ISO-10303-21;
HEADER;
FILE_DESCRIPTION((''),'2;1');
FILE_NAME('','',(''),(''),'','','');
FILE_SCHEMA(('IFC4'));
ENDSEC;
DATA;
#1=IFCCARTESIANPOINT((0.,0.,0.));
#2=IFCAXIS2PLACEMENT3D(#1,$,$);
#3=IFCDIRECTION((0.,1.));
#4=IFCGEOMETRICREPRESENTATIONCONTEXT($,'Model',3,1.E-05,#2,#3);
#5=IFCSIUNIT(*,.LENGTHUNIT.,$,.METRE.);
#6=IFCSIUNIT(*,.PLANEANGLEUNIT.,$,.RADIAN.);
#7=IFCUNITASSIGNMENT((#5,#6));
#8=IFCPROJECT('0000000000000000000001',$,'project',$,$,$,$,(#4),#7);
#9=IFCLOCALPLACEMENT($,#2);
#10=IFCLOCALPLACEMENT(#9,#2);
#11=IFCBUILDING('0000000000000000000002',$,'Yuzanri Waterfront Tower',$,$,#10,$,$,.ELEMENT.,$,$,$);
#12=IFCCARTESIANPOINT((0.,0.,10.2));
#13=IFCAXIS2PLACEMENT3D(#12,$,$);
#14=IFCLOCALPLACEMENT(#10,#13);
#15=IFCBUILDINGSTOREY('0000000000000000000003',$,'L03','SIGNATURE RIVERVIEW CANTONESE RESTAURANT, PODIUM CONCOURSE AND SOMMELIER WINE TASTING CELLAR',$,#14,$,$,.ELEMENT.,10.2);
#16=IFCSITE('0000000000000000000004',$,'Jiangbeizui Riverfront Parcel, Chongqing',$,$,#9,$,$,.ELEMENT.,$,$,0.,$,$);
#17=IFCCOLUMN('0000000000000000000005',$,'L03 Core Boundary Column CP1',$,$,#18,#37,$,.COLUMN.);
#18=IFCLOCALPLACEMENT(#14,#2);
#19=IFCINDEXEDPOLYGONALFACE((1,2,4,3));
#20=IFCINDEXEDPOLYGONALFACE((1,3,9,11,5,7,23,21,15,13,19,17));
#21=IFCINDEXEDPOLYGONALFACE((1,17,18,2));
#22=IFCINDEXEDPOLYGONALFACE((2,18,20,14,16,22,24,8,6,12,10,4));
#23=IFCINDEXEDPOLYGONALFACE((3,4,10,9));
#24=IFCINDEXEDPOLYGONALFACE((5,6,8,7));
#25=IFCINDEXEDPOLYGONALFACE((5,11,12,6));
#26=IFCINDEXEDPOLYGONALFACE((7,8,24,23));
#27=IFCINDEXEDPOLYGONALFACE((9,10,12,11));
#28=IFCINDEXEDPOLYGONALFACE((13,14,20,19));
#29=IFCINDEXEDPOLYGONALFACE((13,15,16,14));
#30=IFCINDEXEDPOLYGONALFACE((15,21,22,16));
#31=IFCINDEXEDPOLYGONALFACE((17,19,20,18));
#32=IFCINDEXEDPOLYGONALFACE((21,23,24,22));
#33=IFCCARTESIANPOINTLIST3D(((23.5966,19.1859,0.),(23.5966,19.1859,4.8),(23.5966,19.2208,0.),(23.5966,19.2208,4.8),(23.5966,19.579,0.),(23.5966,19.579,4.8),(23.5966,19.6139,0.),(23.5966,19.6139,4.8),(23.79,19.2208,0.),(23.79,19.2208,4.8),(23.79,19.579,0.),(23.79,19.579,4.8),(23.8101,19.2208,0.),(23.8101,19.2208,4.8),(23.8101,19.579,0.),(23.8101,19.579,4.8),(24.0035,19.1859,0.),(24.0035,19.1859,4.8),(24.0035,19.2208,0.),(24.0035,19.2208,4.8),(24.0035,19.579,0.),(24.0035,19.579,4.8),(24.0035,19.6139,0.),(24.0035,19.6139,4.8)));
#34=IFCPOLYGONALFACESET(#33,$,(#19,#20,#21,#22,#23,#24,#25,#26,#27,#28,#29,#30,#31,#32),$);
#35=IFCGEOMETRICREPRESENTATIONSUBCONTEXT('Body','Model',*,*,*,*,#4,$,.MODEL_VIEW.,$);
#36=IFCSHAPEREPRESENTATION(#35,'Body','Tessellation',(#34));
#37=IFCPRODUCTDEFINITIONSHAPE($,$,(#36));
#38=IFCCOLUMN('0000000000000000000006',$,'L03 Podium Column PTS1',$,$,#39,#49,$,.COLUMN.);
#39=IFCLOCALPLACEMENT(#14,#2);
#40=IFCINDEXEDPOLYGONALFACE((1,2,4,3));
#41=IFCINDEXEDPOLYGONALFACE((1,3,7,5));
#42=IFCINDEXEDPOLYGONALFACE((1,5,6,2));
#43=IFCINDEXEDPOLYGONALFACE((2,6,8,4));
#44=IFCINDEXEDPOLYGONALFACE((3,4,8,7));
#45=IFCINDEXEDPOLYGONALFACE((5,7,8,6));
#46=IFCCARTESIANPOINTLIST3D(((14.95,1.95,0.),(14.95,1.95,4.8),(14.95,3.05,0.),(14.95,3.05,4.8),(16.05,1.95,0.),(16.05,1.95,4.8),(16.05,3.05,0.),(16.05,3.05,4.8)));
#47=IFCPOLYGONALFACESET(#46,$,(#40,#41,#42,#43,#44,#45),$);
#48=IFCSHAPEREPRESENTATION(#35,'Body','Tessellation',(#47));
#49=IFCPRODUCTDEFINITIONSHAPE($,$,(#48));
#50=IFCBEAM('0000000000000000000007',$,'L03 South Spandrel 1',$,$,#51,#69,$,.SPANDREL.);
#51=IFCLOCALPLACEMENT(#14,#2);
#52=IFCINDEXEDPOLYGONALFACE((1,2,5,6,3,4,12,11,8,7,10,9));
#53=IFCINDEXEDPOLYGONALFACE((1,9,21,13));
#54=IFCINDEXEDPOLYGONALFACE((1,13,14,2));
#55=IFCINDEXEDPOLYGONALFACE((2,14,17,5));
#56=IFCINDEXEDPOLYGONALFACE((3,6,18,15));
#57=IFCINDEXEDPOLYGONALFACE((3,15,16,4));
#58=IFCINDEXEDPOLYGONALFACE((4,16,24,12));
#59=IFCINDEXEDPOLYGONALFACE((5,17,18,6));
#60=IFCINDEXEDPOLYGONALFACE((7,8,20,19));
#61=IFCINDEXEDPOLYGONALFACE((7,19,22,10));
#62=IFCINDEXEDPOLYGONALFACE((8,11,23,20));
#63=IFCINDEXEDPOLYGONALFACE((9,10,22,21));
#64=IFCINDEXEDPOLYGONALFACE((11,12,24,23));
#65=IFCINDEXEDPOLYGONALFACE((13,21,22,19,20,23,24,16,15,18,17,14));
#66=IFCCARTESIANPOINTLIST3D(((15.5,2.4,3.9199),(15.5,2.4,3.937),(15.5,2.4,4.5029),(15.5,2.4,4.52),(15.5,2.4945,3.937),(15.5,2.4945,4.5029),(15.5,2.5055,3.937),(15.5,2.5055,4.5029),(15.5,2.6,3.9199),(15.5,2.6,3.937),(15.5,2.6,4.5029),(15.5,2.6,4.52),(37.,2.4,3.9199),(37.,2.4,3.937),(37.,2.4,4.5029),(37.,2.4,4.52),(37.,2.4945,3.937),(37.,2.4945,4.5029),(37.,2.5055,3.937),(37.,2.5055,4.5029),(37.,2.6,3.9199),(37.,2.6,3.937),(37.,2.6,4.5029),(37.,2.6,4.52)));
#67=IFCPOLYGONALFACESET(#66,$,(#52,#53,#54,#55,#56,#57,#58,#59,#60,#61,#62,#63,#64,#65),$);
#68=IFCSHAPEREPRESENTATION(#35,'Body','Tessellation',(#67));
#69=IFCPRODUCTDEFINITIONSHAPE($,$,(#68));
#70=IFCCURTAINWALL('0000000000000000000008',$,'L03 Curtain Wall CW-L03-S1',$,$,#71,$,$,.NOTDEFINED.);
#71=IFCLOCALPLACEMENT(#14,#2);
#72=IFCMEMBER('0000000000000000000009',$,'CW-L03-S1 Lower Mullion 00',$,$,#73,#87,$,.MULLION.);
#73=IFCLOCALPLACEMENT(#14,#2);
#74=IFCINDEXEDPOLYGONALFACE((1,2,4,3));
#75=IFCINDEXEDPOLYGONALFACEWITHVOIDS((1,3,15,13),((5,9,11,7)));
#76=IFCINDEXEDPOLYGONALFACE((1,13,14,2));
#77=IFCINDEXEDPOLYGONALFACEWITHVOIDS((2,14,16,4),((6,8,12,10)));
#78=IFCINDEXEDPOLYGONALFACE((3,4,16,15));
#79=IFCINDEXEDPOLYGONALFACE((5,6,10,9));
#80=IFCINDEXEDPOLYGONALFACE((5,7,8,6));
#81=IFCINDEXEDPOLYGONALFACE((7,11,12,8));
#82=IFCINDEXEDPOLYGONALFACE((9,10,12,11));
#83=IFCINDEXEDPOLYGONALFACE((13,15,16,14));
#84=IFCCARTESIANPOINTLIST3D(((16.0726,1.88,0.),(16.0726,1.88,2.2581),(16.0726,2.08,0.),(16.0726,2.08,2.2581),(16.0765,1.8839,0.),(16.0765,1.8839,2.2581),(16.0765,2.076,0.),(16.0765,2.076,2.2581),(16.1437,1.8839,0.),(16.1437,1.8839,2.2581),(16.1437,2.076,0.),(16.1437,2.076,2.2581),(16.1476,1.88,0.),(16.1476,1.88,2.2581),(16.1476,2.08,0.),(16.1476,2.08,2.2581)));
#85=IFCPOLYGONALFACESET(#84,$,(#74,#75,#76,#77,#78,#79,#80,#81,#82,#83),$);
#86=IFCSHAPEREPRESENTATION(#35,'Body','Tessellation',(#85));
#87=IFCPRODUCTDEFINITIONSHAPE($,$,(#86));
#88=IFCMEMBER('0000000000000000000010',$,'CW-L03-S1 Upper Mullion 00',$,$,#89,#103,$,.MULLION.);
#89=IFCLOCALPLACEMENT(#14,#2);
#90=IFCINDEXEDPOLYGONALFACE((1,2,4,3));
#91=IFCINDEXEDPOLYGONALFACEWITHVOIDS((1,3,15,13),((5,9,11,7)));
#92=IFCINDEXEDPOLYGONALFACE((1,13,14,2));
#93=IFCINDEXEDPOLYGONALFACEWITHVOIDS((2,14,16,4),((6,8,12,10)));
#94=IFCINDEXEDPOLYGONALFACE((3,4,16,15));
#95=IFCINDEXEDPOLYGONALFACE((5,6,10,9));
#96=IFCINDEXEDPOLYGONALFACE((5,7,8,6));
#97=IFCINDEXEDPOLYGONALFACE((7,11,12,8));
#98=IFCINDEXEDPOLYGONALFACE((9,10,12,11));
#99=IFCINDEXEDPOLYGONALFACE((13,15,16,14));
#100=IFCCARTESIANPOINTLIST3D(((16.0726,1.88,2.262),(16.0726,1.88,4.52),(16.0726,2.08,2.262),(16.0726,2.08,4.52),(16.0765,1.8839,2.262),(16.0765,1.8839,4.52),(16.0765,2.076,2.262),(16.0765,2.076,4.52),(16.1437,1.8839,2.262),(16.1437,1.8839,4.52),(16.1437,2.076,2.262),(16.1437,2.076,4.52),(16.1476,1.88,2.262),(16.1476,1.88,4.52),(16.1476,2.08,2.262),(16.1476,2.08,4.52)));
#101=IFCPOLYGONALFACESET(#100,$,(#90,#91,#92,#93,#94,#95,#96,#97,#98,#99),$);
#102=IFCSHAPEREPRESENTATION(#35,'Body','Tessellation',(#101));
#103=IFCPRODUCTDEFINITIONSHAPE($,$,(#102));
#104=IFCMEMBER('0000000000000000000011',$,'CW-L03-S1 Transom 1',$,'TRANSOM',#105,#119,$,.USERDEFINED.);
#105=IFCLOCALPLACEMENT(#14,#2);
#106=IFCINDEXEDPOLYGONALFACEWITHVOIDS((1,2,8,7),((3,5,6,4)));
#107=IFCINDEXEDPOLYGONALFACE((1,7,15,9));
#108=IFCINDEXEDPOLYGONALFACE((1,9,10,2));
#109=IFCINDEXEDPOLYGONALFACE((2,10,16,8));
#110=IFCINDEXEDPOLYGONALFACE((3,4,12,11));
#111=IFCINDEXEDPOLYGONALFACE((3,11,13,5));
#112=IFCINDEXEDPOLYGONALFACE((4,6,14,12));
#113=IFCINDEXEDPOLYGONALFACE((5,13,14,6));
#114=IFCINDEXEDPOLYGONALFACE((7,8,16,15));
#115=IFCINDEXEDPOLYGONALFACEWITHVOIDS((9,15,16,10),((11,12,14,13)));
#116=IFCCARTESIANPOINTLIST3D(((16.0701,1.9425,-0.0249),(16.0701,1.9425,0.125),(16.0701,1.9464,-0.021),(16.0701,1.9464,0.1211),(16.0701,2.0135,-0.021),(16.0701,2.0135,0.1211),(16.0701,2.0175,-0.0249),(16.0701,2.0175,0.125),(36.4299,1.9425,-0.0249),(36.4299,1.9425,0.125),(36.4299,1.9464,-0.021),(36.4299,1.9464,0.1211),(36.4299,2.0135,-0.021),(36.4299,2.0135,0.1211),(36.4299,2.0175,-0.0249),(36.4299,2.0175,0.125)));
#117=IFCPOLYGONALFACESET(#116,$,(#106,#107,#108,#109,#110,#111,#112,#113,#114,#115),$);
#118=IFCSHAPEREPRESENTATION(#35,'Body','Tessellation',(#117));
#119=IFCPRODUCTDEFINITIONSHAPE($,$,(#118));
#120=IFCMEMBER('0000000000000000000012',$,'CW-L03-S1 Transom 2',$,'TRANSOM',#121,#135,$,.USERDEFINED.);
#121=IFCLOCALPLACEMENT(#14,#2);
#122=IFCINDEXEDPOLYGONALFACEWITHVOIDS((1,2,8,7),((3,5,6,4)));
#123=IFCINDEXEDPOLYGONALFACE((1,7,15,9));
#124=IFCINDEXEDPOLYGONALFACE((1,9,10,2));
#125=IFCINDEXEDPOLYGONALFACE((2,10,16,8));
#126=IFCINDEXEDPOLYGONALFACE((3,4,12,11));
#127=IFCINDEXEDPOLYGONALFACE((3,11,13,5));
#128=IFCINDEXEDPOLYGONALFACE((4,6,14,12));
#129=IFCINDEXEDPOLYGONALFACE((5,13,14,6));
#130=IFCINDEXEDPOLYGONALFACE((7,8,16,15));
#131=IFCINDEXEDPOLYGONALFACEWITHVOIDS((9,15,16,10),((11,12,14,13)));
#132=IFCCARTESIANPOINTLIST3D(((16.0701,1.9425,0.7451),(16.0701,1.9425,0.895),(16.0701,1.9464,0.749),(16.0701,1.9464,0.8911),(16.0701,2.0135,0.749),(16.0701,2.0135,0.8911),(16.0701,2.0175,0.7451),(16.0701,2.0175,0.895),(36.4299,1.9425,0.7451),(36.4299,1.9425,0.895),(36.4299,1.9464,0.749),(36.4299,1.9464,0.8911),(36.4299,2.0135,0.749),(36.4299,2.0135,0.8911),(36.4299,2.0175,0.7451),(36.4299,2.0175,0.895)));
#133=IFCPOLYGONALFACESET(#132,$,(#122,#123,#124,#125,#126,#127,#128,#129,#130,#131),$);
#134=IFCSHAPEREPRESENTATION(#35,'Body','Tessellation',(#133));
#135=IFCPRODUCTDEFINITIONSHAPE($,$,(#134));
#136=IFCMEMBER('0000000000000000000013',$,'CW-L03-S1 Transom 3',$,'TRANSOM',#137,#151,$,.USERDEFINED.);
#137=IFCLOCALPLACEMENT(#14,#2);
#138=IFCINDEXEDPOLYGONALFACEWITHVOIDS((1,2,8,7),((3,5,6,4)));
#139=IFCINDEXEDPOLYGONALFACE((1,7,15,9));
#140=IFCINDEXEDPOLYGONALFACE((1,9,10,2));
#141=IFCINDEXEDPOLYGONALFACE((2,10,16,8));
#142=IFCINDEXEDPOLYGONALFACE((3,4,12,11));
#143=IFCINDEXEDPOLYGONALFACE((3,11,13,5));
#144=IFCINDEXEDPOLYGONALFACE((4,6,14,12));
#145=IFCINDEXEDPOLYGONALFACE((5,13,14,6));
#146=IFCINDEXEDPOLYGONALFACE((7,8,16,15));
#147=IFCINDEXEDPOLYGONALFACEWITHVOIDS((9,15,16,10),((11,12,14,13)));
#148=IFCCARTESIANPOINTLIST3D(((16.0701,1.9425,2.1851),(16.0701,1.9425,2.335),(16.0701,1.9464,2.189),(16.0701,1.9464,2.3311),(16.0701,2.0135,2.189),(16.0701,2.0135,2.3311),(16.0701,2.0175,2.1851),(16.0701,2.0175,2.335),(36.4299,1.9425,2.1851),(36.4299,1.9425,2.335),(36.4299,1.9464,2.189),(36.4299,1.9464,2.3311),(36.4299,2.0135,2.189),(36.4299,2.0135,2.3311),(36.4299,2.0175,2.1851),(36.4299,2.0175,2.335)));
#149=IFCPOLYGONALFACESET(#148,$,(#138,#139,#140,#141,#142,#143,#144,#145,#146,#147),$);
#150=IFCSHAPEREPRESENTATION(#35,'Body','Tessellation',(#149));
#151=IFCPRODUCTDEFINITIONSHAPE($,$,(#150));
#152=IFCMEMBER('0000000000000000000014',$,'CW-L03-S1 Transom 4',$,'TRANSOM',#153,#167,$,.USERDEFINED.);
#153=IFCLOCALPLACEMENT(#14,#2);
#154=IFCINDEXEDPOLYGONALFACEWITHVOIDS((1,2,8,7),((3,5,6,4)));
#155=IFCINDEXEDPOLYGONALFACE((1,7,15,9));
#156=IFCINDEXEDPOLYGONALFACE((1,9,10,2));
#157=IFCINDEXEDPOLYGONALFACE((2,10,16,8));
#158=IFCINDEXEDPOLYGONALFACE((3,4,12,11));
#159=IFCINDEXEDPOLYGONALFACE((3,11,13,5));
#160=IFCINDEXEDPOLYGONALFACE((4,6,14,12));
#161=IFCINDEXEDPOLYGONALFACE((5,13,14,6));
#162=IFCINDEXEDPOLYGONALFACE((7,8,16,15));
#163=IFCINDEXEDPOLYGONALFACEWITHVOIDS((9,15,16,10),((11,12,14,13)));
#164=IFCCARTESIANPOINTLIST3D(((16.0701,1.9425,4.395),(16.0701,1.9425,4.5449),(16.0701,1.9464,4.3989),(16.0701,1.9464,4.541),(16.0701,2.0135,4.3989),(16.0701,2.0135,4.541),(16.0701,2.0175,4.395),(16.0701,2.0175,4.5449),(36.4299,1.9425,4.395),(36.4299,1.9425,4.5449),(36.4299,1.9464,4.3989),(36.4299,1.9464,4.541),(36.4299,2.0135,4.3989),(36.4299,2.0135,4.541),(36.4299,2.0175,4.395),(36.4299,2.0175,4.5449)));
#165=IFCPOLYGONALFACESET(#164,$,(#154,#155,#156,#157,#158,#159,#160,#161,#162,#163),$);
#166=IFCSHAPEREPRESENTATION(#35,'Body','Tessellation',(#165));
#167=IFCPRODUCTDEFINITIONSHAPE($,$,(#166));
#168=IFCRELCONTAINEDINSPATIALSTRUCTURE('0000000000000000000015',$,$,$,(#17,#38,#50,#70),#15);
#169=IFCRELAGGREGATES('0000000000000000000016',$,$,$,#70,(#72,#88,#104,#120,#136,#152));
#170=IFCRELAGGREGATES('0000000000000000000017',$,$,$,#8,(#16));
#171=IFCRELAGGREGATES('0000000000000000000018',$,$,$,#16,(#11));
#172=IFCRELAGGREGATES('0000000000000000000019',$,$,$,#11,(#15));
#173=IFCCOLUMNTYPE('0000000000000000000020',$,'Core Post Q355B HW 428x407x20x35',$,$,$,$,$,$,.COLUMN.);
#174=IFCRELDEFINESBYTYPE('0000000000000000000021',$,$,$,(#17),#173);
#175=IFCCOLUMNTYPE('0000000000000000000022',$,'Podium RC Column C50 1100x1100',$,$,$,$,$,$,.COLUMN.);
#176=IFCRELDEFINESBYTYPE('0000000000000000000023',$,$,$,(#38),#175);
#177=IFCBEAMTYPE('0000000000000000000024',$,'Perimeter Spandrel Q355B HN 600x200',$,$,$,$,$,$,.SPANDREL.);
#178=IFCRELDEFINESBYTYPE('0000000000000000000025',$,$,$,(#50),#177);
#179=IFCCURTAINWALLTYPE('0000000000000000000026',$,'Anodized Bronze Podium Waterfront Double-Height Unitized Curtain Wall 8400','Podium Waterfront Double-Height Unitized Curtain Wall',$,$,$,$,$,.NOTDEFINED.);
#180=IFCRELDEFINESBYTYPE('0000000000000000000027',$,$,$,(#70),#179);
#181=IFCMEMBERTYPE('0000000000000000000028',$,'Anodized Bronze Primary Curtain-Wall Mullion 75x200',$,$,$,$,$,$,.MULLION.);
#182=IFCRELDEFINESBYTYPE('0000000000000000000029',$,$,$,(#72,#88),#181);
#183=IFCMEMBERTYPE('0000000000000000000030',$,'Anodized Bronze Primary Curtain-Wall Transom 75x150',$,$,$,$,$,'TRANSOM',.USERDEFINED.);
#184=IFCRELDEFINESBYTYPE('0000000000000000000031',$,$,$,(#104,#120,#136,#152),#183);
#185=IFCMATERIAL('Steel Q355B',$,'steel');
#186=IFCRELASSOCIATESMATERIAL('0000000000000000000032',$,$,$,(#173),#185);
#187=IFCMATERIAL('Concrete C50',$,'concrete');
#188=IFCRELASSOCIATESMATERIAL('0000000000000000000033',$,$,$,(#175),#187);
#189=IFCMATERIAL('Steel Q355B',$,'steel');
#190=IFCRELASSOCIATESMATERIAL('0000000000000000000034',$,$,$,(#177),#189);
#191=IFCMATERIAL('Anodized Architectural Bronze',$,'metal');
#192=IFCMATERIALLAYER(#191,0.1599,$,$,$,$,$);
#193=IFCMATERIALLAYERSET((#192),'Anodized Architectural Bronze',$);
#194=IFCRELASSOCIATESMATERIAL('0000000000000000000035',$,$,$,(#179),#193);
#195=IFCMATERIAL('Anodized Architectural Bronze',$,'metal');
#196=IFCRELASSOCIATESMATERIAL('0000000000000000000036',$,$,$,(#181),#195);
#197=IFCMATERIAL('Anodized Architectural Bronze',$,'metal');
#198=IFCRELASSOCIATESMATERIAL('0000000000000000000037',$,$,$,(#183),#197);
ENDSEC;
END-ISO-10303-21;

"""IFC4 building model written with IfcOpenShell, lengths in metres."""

from ifc_helpers import new_model, si_unit, direction, frame, origin, origin_2d, place, context, subcontext, project, spatial, rectangle, hollow_rectangle, i_section, extrude, source, transform, mapped, material, layer, layer_set, material_profile, profile_set, type_object, element, aggregate, save


model = new_model("IFC4")

# Units and contexts
model_context = context("Model", 3, precision=1e-05, world=origin(), true_north=direction((0.0, 1.0)))
body_context = subcontext(model_context, "Body", "Model", "MODEL_VIEW")
ifc_project = project(units=[si_unit("LENGTHUNIT", "METRE"), si_unit("PLANEANGLEUNIT", "RADIAN")], contexts=[model_context])

# Site, building, storey
site_placement = place(None, origin())
site = spatial("IfcSite", under=ifc_project, at=site_placement, Name="Jiangbeizui Riverfront Parcel, Chongqing", CompositionType="ELEMENT", RefElevation=0.0)
building_placement = place(site_placement, origin())
building = spatial("IfcBuilding", under=site, at=building_placement, Name="Yuzanri Waterfront Tower", CompositionType="ELEMENT")
storey_placement = place(building_placement, frame((0.0, 0.0, 10.2)))
storey = spatial("IfcBuildingStorey", under=building, at=storey_placement, Name="L03", Description="SIGNATURE RIVERVIEW CANTONESE RESTAURANT, PODIUM CONCOURSE AND SOMMELIER WINE TASTING CELLAR", CompositionType="ELEMENT", Elevation=10.2)

# Columns
ifc_material_1 = material(Name="Steel Q355B", Category="steel")
ifc_material_profile_1 = material_profile(ifc_material_1, i_section(OverallWidth=0.407, OverallDepth=0.428, WebThickness=0.02, FlangeThickness=0.0349, at=origin_2d()), Name="HW 428x407x20x35")
ifc_profile_set_1 = profile_set([ifc_material_profile_1], Name="Steel Q355B")
column_type_1 = type_object("IfcColumnType", Name="Core Post Q355B HW 428x407x20x35", PredefinedType="COLUMN", material=ifc_profile_set_1)
shared_shape_1 = source(origin(), body_context, "Body", "SweptSolid", [
    extrude(i_section(OverallWidth=0.407, OverallDepth=0.428, WebThickness=0.02, FlangeThickness=0.0349, at=origin_2d()), origin(), (0.0, 0.0, 1.0), 4.8),
])
column_1_placement = place(storey_placement, frame((23.8, 19.3999, 0.0), z_axis=(0.0, 0.0, 1.0), x_axis=(1.0, 0.0, 0.0)))
element("IfcColumn", 1, at=column_1_placement, inside=storey, type_object=column_type_1, Name="L03 Core Boundary Column CP1", PredefinedType="COLUMN", context=body_context, shape_type="MappedRepresentation", body=[
    mapped(shared_shape_1, transform((0.0, 0.0, 0.0), scale=1.0)),
])
ifc_material_2 = material(Name="Concrete C50", Category="concrete")
ifc_material_profile_2 = material_profile(ifc_material_2, rectangle(XDim=1.1001, YDim=1.1001, at=origin_2d()), Name="RC 1100x1100")
ifc_profile_set_2 = profile_set([ifc_material_profile_2], Name="Concrete C50")
column_type_2 = type_object("IfcColumnType", Name="Podium RC Column C50 1100x1100", PredefinedType="COLUMN", material=ifc_profile_set_2)
shared_shape_2 = source(origin(), body_context, "Body", "SweptSolid", [
    extrude(rectangle(XDim=1.1001, YDim=1.1001, at=origin_2d()), origin(), (0.0, 0.0, 1.0), 4.8),
])
column_2_placement = place(storey_placement, frame((15.5, 2.5, 0.0), z_axis=(0.0, 0.0, 1.0), x_axis=(1.0, 0.0, 0.0)))
element("IfcColumn", 2, at=column_2_placement, inside=storey, type_object=column_type_2, Name="L03 Podium Column PTS1", PredefinedType="COLUMN", context=body_context, shape_type="MappedRepresentation", body=[
    mapped(shared_shape_2, transform((0.0, 0.0, 0.0), scale=1.0)),
])

# Beam
ifc_material_3 = material(Name="Steel Q355B", Category="steel")
ifc_material_profile_3 = material_profile(ifc_material_3, i_section(OverallWidth=0.2, OverallDepth=0.6001, WebThickness=0.011, FlangeThickness=0.0171, at=origin_2d()), Name="HN 600x200x11x17")
ifc_profile_set_3 = profile_set([ifc_material_profile_3], Name="Steel Q355B")
beam_type = type_object("IfcBeamType", Name="Perimeter Spandrel Q355B HN 600x200", PredefinedType="SPANDREL", material=ifc_profile_set_3)
shared_shape_3 = source(origin(), body_context, "Body", "SweptSolid", [
    extrude(i_section(OverallWidth=0.2, OverallDepth=0.6001, WebThickness=0.011, FlangeThickness=0.0171, at=origin_2d()), origin(), (0.0, 0.0, 1.0), 21.5),
])
beam_placement = place(storey_placement, frame((15.5, 2.5, 4.22), z_axis=(1.0, 0.0, 0.0), x_axis=(0.0, 1.0, 0.0)))
element("IfcBeam", 3, at=beam_placement, inside=storey, type_object=beam_type, Name="L03 South Spandrel 1", PredefinedType="SPANDREL", context=body_context, shape_type="MappedRepresentation", body=[
    mapped(shared_shape_3, transform((0.0, 0.0, 0.0), scale=1.0)),
])

# Curtain wall, members
ifc_material_4 = material(Name="Anodized Architectural Bronze", Category="metal")
ifc_layer_1 = layer(ifc_material_4, 0.1599)
ifc_layer_set_1 = layer_set([ifc_layer_1], Name="Anodized Architectural Bronze")
curtain_wall_type = type_object("IfcCurtainWallType", Name="Anodized Bronze Podium Waterfront Double-Height Unitized Curtain Wall 8400", Description="Podium Waterfront Double-Height Unitized Curtain Wall", PredefinedType="NOTDEFINED", material=ifc_layer_set_1)
curtain_wall_placement = place(storey_placement, origin())
curtain_wall = element("IfcCurtainWall", 4, at=curtain_wall_placement, inside=storey, type_object=curtain_wall_type, Name="L03 Curtain Wall CW-L03-S1", PredefinedType="NOTDEFINED")
ifc_material_5 = material(Name="Anodized Architectural Bronze", Category="metal")
ifc_material_profile_4 = material_profile(ifc_material_5, hollow_rectangle(XDim=0.075, YDim=0.2, WallThickness=0.0039, at=origin_2d()), Name="CWM 75x200")
ifc_profile_set_4 = profile_set([ifc_material_profile_4], Name="Anodized Architectural Bronze")
member_type_1 = type_object("IfcMemberType", Name="Anodized Bronze Primary Curtain-Wall Mullion 75x200", PredefinedType="MULLION", material=ifc_profile_set_4)
shared_shape_4 = source(origin(), body_context, "Body", "SweptSolid", [
    extrude(hollow_rectangle(XDim=0.075, YDim=0.2, WallThickness=0.0039, at=origin_2d()), origin(), (0.0, 0.0, 1.0), 2.2581),
])
member_1_placement = place(storey_placement, frame((16.1101, 1.98, 0.0), z_axis=(0.0, 0.0, 1.0), x_axis=(1.0, 0.0, 0.0)))
member_1 = element("IfcMember", 5, at=member_1_placement, type_object=member_type_1, Name="CW-L03-S1 Lower Mullion 00", PredefinedType="MULLION", context=body_context, shape_type="MappedRepresentation", body=[
    mapped(shared_shape_4, transform((0.0, 0.0, 0.0), scale=1.0)),
])
member_2_placement = place(storey_placement, frame((16.1101, 1.98, 2.262), z_axis=(0.0, 0.0, 1.0), x_axis=(1.0, 0.0, 0.0)))
member_2 = element("IfcMember", 6, at=member_2_placement, type_object=member_type_1, Name="CW-L03-S1 Upper Mullion 00", PredefinedType="MULLION", context=body_context, shape_type="MappedRepresentation", body=[
    mapped(shared_shape_4, transform((0.0, 0.0, 0.0), scale=1.0)),
])
ifc_material_6 = material(Name="Anodized Architectural Bronze", Category="metal")
ifc_material_profile_5 = material_profile(ifc_material_6, hollow_rectangle(XDim=0.075, YDim=0.1499, WallThickness=0.0039, at=origin_2d()), Name="CWT 75x150")
ifc_profile_set_5 = profile_set([ifc_material_profile_5], Name="Anodized Architectural Bronze")
member_type_2 = type_object("IfcMemberType", Name="Anodized Bronze Primary Curtain-Wall Transom 75x150", ElementType="TRANSOM", PredefinedType="USERDEFINED", material=ifc_profile_set_5)
shared_shape_5 = source(origin(), body_context, "Body", "SweptSolid", [
    extrude(hollow_rectangle(XDim=0.075, YDim=0.1499, WallThickness=0.0039, at=origin_2d()), origin(), (0.0, 0.0, 1.0), 20.3599),
])
member_3_placement = place(storey_placement, frame((16.0701, 1.98, 0.05), z_axis=(1.0, 0.0, 0.0), x_axis=(0.0, 1.0, 0.0)))
member_3 = element("IfcMember", 7, at=member_3_placement, type_object=member_type_2, Name="CW-L03-S1 Transom 1", ObjectType="TRANSOM", PredefinedType="USERDEFINED", context=body_context, shape_type="MappedRepresentation", body=[
    mapped(shared_shape_5, transform((0.0, 0.0, 0.0), scale=1.0)),
])
member_4_placement = place(storey_placement, frame((16.0701, 1.98, 0.8201), z_axis=(1.0, 0.0, 0.0), x_axis=(0.0, 1.0, 0.0)))
member_4 = element("IfcMember", 8, at=member_4_placement, type_object=member_type_2, Name="CW-L03-S1 Transom 2", ObjectType="TRANSOM", PredefinedType="USERDEFINED", context=body_context, shape_type="MappedRepresentation", body=[
    mapped(shared_shape_5, transform((0.0, 0.0, 0.0), scale=1.0)),
])
member_5_placement = place(storey_placement, frame((16.0701, 1.98, 2.26), z_axis=(1.0, 0.0, 0.0), x_axis=(0.0, 1.0, 0.0)))
member_5 = element("IfcMember", 9, at=member_5_placement, type_object=member_type_2, Name="CW-L03-S1 Transom 3", ObjectType="TRANSOM", PredefinedType="USERDEFINED", context=body_context, shape_type="MappedRepresentation", body=[
    mapped(shared_shape_5, transform((0.0, 0.0, 0.0), scale=1.0)),
])
member_6_placement = place(storey_placement, frame((16.0701, 1.98, 4.47), z_axis=(1.0, 0.0, 0.0), x_axis=(0.0, 1.0, 0.0)))
member_6 = element("IfcMember", 10, at=member_6_placement, type_object=member_type_2, Name="CW-L03-S1 Transom 4", ObjectType="TRANSOM", PredefinedType="USERDEFINED", context=body_context, shape_type="MappedRepresentation", body=[
    mapped(shared_shape_5, transform((0.0, 0.0, 0.0), scale=1.0)),
])
aggregate(curtain_wall, [member_1, member_2, member_3, member_4, member_5, member_6])

save(model, "model.ifc")
